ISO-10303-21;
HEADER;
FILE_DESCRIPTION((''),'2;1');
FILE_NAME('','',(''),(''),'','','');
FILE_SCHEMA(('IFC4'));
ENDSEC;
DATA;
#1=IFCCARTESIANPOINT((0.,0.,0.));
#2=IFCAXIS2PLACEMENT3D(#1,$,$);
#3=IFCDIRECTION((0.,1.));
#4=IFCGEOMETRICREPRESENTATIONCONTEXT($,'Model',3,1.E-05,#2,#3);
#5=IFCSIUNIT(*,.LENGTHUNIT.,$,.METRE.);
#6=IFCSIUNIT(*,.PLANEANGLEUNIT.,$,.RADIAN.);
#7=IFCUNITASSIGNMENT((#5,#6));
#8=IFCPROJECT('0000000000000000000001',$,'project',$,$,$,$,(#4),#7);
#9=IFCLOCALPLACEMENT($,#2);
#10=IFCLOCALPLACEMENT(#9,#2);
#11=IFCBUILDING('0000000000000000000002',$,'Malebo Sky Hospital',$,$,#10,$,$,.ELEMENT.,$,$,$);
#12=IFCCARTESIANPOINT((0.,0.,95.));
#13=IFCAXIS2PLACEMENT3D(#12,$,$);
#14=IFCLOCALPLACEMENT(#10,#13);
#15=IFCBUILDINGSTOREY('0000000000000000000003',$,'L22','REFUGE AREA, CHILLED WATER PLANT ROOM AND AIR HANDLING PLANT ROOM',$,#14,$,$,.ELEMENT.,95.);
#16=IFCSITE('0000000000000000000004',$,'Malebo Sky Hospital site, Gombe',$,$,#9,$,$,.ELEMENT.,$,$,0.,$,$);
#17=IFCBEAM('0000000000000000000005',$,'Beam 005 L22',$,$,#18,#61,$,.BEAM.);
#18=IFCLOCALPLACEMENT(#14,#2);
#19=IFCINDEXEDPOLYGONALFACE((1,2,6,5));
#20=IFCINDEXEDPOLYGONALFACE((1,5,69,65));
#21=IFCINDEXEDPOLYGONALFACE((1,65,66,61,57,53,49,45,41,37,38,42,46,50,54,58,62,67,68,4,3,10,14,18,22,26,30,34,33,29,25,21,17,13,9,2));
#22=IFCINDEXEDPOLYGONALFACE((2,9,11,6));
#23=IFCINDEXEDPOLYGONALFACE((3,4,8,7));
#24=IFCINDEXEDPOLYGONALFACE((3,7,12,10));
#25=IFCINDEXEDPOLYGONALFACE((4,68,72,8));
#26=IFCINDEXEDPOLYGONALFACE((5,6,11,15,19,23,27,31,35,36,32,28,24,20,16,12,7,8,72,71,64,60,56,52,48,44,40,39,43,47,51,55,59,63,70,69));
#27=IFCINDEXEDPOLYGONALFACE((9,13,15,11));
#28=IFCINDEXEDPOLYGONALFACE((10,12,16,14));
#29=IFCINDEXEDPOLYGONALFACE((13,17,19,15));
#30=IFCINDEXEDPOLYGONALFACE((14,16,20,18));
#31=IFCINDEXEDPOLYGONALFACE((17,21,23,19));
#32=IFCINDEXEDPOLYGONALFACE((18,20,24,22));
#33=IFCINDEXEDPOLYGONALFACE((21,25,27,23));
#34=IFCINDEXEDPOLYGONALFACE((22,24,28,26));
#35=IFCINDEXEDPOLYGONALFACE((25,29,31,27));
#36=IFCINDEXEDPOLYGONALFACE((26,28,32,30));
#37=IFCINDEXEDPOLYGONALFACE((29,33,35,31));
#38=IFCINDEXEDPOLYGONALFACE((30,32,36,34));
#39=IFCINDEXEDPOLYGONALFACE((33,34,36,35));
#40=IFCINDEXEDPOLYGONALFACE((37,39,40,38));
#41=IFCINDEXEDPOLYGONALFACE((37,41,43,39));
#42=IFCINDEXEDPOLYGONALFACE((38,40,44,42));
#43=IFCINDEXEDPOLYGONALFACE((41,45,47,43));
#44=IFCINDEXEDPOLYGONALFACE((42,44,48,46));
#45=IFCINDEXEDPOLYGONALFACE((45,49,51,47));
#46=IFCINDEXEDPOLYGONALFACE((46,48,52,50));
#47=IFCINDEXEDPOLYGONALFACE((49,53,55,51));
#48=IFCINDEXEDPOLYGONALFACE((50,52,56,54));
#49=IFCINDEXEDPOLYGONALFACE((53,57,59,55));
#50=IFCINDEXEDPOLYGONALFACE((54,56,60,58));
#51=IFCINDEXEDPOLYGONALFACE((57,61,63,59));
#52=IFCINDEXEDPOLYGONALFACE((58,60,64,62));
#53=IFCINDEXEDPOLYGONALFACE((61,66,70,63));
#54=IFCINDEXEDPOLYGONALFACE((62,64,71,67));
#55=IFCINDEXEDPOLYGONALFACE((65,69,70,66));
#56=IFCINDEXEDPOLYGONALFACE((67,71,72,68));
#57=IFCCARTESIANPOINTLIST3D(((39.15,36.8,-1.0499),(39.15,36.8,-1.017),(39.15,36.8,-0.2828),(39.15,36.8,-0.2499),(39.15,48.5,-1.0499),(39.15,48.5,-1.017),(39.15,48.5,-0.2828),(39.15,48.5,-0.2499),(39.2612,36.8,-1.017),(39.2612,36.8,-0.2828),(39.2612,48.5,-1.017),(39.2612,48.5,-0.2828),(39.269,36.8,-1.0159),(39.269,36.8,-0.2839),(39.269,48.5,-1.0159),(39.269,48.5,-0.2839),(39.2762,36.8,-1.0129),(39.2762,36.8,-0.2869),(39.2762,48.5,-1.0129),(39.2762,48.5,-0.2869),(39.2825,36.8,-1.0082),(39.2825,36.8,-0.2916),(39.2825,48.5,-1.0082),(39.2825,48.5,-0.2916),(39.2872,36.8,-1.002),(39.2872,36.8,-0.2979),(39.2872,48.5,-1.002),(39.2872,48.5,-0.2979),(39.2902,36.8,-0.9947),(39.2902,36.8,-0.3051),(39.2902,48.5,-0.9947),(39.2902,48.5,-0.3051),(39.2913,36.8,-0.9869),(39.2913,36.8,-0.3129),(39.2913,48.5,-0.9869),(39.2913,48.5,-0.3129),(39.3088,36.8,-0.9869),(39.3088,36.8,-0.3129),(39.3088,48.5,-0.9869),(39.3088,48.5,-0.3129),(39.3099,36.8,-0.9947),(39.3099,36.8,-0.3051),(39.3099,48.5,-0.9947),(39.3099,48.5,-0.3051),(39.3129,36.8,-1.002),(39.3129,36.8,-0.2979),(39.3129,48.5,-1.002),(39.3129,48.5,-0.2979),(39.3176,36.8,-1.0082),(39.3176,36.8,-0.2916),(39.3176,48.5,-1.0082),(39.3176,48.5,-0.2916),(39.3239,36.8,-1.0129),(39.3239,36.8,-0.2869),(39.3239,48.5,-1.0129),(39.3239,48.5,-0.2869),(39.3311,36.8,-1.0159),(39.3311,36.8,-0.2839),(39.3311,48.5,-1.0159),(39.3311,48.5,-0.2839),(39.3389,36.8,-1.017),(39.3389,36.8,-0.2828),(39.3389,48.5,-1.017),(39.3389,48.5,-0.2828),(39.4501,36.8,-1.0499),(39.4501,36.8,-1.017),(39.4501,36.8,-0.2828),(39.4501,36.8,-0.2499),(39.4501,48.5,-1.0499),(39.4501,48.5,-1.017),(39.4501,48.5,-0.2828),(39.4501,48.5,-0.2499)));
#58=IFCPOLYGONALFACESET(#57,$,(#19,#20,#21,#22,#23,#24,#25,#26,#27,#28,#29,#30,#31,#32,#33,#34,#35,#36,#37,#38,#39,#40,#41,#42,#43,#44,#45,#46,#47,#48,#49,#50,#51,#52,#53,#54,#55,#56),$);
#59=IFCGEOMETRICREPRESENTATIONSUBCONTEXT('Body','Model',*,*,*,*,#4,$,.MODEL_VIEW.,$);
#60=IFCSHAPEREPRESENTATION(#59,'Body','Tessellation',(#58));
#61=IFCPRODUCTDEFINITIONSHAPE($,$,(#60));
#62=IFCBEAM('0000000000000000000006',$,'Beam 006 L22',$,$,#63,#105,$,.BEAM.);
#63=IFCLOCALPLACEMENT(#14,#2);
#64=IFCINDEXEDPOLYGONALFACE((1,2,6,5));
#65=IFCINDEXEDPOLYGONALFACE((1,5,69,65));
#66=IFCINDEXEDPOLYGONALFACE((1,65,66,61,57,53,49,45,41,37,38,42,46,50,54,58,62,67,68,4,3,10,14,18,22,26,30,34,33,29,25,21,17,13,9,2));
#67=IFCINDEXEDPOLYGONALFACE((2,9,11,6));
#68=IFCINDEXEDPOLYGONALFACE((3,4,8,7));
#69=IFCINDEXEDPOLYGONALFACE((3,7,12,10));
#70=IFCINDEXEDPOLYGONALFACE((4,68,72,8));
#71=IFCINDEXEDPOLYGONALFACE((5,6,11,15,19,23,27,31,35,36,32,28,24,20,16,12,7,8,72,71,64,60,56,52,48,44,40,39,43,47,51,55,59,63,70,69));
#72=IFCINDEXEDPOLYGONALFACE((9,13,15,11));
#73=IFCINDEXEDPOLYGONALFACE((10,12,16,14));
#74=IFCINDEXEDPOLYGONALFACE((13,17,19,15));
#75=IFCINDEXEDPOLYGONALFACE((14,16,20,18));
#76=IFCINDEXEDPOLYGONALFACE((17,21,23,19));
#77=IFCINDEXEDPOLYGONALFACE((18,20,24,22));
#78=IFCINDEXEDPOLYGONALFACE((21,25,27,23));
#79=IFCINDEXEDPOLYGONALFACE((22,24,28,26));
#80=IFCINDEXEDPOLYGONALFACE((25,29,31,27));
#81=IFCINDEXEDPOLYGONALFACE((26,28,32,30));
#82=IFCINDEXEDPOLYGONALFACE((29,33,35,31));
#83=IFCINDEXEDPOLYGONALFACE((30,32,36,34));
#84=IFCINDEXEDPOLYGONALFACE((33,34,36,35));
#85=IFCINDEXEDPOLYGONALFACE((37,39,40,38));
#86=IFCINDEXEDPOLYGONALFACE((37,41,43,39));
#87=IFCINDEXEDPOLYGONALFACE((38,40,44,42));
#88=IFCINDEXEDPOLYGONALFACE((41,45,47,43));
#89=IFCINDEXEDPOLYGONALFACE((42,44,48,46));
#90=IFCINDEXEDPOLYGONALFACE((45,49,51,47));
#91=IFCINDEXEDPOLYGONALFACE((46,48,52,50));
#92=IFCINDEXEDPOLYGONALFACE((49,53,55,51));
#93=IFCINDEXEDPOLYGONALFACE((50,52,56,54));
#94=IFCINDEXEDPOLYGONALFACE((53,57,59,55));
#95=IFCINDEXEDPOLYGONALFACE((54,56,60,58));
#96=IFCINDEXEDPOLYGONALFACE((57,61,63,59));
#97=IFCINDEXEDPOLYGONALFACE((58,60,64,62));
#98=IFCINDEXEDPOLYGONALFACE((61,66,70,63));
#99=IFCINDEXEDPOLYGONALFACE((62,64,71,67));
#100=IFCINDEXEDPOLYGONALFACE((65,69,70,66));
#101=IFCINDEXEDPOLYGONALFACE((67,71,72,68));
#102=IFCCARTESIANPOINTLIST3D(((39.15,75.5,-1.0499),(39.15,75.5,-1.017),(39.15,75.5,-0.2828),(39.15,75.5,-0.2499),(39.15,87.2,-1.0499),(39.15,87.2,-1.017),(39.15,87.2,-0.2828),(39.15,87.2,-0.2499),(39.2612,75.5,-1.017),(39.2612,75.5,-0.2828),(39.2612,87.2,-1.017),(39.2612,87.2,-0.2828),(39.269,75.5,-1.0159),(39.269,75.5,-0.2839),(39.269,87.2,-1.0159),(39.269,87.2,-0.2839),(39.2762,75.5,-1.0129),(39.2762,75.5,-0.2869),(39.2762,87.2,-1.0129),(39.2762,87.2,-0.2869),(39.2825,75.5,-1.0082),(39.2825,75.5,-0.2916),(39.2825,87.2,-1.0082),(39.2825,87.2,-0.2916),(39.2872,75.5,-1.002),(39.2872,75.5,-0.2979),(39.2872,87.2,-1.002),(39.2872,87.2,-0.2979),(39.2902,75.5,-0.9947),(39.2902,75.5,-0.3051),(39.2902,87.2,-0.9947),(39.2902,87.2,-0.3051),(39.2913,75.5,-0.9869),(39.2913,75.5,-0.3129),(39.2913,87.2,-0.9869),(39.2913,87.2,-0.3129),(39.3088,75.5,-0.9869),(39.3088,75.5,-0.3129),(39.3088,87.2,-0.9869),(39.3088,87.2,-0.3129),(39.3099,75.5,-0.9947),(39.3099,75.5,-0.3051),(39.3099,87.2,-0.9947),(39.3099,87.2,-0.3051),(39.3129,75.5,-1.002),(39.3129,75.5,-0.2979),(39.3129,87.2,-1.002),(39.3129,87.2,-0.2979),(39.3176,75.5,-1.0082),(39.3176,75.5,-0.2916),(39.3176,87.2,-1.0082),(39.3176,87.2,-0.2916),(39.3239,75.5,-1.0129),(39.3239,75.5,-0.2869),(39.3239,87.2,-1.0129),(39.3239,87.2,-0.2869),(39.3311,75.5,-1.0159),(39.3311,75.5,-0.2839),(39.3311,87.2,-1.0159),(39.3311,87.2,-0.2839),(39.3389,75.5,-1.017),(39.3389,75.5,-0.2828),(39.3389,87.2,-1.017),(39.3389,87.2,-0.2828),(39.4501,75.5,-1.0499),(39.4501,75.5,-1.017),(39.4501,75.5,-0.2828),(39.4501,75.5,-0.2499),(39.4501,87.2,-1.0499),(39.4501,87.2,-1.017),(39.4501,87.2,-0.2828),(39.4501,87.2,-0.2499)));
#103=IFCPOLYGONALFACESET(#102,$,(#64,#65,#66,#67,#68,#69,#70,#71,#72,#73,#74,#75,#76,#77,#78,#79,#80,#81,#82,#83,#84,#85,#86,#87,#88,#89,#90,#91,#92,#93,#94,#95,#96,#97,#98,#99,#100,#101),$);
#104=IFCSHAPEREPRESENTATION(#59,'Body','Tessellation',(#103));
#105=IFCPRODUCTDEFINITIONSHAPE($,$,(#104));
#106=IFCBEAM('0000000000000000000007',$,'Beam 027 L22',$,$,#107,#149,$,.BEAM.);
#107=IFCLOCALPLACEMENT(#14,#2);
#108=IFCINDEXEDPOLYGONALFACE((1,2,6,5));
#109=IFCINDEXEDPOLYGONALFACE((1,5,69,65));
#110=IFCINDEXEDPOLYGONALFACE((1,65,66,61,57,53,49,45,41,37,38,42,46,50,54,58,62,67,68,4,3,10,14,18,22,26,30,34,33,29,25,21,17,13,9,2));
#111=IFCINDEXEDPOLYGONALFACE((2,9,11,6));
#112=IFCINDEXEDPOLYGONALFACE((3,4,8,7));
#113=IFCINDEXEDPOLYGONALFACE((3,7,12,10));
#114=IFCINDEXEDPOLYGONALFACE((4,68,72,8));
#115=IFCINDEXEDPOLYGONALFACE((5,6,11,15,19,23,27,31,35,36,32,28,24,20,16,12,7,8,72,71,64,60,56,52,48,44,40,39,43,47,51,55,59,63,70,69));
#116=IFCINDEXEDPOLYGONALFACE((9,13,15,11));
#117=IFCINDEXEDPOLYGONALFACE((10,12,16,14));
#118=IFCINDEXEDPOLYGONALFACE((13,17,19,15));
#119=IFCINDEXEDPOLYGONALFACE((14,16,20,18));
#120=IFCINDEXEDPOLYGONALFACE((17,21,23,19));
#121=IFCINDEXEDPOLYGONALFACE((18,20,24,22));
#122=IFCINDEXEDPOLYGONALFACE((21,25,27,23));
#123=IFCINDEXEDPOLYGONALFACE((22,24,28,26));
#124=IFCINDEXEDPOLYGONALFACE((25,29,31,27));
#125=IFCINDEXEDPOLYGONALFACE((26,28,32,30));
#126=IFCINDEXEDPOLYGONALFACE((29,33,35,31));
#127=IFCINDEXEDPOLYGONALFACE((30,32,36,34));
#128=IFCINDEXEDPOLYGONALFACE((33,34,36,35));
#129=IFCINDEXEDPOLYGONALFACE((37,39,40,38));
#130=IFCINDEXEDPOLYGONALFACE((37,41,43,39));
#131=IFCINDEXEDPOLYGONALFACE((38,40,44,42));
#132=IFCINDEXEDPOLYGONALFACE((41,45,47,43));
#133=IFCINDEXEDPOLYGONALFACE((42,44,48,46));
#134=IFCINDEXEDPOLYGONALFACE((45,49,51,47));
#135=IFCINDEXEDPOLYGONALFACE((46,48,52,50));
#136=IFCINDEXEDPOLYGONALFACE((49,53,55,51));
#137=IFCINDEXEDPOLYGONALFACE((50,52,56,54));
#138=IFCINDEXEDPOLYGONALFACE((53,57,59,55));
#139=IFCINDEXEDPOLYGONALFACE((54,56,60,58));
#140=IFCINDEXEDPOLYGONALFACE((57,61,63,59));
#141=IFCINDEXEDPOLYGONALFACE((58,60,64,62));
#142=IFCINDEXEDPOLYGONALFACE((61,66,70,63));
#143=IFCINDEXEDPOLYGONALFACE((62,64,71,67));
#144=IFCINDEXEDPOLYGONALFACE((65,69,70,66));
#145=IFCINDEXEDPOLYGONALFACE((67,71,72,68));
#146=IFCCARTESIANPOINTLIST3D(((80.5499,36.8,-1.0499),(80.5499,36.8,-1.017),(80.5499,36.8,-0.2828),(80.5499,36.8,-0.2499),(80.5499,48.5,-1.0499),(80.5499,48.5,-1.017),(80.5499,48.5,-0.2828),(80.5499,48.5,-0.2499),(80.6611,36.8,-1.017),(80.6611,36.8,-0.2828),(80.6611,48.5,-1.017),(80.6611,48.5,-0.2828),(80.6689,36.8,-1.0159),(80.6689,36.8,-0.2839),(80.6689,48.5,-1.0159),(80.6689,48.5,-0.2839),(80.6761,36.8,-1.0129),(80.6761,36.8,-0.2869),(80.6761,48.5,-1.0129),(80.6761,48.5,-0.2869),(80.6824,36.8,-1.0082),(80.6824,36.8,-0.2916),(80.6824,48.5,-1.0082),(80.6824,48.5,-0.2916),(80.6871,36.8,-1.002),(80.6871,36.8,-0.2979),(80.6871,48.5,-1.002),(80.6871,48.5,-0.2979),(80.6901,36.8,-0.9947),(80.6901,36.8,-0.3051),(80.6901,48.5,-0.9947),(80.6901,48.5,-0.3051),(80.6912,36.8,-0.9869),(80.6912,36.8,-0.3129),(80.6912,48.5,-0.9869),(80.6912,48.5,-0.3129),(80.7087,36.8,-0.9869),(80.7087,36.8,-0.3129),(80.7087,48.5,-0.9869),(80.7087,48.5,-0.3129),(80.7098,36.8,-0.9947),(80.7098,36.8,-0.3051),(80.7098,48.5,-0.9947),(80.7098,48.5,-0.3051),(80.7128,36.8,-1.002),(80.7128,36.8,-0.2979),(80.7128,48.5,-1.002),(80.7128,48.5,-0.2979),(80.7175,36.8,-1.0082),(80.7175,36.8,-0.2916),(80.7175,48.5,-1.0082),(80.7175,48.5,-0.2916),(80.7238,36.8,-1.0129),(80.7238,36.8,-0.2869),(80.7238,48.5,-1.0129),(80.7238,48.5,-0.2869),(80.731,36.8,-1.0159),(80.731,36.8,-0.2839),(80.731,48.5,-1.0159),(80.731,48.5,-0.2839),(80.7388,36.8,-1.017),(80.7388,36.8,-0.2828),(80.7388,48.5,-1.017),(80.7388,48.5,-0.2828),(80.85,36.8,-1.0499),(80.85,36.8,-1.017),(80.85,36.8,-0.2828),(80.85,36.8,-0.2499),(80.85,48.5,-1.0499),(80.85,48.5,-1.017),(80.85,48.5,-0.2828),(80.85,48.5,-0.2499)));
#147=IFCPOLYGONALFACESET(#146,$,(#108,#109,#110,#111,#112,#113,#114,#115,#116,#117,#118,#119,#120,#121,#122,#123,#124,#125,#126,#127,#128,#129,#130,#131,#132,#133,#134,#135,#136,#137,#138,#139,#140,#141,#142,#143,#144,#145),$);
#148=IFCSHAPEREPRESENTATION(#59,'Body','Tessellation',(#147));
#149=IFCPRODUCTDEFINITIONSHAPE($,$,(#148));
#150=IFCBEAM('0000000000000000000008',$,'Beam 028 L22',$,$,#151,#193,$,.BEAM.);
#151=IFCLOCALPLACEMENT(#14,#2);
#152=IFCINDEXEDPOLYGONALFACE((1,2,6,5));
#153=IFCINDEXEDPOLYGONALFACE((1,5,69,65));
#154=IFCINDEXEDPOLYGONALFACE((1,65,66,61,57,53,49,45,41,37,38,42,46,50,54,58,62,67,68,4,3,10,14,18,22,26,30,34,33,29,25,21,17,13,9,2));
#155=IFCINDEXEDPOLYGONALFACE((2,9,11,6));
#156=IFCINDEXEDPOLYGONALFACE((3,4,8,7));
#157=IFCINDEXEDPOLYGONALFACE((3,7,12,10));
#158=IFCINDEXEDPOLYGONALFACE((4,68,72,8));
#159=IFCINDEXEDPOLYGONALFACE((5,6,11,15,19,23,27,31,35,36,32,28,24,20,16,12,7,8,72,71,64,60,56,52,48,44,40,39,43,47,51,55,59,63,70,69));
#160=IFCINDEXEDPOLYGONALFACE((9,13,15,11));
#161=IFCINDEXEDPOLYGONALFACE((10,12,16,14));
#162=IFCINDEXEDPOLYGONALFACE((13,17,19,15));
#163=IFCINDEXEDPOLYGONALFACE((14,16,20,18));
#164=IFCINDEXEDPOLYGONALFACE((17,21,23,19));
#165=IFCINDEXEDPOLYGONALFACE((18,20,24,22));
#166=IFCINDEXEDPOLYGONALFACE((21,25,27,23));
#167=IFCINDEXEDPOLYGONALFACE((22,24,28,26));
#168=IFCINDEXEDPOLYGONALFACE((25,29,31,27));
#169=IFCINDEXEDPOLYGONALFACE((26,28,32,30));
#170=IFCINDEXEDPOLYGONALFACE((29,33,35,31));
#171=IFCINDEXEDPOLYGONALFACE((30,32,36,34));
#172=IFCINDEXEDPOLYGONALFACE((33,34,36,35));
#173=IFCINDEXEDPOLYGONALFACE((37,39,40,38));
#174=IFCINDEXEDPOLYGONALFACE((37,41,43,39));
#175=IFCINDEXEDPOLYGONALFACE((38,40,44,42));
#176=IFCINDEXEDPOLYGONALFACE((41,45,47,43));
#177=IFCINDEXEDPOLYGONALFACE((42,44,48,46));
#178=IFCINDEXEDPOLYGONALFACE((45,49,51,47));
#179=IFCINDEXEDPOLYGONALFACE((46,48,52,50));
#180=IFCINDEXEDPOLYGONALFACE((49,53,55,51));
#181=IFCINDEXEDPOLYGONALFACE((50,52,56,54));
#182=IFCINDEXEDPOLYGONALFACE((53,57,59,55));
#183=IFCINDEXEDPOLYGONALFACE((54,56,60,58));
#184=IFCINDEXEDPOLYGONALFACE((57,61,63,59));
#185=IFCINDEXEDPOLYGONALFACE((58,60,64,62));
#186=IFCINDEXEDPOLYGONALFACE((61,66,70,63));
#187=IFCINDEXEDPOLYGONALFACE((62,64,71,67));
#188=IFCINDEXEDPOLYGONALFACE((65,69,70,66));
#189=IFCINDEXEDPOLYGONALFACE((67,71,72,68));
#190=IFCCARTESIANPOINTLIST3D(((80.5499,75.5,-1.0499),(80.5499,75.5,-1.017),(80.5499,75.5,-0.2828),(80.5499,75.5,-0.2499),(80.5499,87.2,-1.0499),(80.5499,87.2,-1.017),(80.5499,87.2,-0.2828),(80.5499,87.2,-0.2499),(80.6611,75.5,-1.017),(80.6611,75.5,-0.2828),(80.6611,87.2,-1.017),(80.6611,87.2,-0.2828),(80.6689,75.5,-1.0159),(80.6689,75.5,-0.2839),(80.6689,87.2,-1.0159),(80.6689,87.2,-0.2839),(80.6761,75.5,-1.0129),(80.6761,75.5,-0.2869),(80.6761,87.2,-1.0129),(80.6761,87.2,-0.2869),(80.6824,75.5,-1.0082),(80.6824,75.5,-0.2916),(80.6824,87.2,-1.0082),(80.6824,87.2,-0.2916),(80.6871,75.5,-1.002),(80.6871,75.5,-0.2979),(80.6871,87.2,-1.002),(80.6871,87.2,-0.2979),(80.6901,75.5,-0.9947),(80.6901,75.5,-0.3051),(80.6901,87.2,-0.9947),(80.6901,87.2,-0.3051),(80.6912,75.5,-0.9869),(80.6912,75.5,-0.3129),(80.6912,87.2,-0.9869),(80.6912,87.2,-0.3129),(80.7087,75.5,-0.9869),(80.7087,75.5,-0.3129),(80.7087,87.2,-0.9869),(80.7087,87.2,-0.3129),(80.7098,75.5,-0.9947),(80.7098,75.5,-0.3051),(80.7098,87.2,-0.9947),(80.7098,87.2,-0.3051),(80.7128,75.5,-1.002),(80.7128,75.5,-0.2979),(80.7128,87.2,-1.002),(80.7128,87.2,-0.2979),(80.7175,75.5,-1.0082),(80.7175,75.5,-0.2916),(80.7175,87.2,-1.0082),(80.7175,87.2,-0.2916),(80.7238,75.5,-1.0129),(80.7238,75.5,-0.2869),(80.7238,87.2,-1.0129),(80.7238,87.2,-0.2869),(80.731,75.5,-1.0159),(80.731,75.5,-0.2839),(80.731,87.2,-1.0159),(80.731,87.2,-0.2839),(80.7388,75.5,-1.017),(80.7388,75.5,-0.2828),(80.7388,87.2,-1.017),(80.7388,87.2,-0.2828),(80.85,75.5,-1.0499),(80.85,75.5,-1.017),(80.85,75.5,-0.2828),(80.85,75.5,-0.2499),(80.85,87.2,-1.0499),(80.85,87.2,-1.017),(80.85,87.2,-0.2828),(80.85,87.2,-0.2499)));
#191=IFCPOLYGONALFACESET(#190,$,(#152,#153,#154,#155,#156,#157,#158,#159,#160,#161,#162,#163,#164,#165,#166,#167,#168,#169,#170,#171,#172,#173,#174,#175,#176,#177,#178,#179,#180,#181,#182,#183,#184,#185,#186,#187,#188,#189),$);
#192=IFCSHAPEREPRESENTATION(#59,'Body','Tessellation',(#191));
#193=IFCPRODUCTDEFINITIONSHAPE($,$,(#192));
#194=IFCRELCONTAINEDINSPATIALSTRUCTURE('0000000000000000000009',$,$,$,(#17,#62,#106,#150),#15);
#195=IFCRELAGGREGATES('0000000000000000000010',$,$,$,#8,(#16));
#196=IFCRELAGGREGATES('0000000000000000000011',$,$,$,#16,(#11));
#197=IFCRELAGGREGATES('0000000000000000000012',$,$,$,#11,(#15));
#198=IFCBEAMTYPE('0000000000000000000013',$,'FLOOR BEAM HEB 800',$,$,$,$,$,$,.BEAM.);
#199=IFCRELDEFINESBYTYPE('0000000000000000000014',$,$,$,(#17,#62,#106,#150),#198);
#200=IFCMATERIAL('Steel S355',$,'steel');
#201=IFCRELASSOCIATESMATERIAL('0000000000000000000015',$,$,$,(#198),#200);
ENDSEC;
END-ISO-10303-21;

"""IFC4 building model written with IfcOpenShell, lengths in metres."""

from ifc_helpers import new_model, si_unit, direction, frame, origin, origin_2d, place, context, subcontext, project, spatial, i_section, extrude, material, material_profile, profile_set, type_object, element, save


model = new_model("IFC4")

# Units and contexts
model_context = context("Model", 3, precision=1e-05, world=origin(), true_north=direction((0.0, 1.0)))
body_context = subcontext(model_context, "Body", "Model", "MODEL_VIEW")
ifc_project = project(units=[si_unit("LENGTHUNIT", "METRE"), si_unit("PLANEANGLEUNIT", "RADIAN")], contexts=[model_context])

# Site, building, storey
site_placement = place(None, origin())
site = spatial("IfcSite", under=ifc_project, at=site_placement, Name="Malebo Sky Hospital site, Gombe", CompositionType="ELEMENT", RefElevation=0.0)
building_placement = place(site_placement, origin())
building = spatial("IfcBuilding", under=site, at=building_placement, Name="Malebo Sky Hospital", CompositionType="ELEMENT")
storey_placement = place(building_placement, frame((0.0, 0.0, 95.0)))
storey = spatial("IfcBuildingStorey", under=building, at=storey_placement, Name="L22", Description="REFUGE AREA, CHILLED WATER PLANT ROOM AND AIR HANDLING PLANT ROOM", CompositionType="ELEMENT", Elevation=95.0)

# Beams
ifc_material_1 = material(Name="Steel S355", Category="steel")
ifc_material_profile_1 = material_profile(ifc_material_1, i_section(OverallWidth=0.3, OverallDepth=0.8, WebThickness=0.0176, FlangeThickness=0.033, FilletRadius=0.03, at=origin_2d()), Name="HEB 800")
ifc_profile_set_1 = profile_set([ifc_material_profile_1], Name="Steel S355")
beam_type_1 = type_object("IfcBeamType", Name="FLOOR BEAM HEB 800", PredefinedType="BEAM", material=ifc_profile_set_1)
for number, where, z_axis, x_axis, name in (
    (1, (39.3, 36.8, -0.6499), (0.0, 1.0, 0.0), (-1.0, 0.0, 0.0), "Beam 005 L22"),
    (2, (39.3, 75.5, -0.6499), (0.0, 1.0, 0.0), (-1.0, 0.0, 0.0), "Beam 006 L22"),
    (3, (80.7, 36.8, -0.6499), (0.0, 1.0, 0.0), (-1.0, 0.0, 0.0), "Beam 027 L22"),
    (4, (80.7, 75.5, -0.6499), (0.0, 1.0, 0.0), (-1.0, 0.0, 0.0), "Beam 028 L22"),
):
    element("IfcBeam", number, at=place(storey_placement, frame(where, z_axis=z_axis, x_axis=x_axis)), inside=storey, type_object=beam_type_1, Name=name, PredefinedType="BEAM", context=body_context, shape_type="SweptSolid", body=[
        extrude(i_section(OverallWidth=0.3, OverallDepth=0.8, WebThickness=0.0176, FlangeThickness=0.033, FilletRadius=0.03, at=origin_2d()), origin(), (0.0, 0.0, 1.0), 11.7),
    ])

save(model, "model.ifc")
